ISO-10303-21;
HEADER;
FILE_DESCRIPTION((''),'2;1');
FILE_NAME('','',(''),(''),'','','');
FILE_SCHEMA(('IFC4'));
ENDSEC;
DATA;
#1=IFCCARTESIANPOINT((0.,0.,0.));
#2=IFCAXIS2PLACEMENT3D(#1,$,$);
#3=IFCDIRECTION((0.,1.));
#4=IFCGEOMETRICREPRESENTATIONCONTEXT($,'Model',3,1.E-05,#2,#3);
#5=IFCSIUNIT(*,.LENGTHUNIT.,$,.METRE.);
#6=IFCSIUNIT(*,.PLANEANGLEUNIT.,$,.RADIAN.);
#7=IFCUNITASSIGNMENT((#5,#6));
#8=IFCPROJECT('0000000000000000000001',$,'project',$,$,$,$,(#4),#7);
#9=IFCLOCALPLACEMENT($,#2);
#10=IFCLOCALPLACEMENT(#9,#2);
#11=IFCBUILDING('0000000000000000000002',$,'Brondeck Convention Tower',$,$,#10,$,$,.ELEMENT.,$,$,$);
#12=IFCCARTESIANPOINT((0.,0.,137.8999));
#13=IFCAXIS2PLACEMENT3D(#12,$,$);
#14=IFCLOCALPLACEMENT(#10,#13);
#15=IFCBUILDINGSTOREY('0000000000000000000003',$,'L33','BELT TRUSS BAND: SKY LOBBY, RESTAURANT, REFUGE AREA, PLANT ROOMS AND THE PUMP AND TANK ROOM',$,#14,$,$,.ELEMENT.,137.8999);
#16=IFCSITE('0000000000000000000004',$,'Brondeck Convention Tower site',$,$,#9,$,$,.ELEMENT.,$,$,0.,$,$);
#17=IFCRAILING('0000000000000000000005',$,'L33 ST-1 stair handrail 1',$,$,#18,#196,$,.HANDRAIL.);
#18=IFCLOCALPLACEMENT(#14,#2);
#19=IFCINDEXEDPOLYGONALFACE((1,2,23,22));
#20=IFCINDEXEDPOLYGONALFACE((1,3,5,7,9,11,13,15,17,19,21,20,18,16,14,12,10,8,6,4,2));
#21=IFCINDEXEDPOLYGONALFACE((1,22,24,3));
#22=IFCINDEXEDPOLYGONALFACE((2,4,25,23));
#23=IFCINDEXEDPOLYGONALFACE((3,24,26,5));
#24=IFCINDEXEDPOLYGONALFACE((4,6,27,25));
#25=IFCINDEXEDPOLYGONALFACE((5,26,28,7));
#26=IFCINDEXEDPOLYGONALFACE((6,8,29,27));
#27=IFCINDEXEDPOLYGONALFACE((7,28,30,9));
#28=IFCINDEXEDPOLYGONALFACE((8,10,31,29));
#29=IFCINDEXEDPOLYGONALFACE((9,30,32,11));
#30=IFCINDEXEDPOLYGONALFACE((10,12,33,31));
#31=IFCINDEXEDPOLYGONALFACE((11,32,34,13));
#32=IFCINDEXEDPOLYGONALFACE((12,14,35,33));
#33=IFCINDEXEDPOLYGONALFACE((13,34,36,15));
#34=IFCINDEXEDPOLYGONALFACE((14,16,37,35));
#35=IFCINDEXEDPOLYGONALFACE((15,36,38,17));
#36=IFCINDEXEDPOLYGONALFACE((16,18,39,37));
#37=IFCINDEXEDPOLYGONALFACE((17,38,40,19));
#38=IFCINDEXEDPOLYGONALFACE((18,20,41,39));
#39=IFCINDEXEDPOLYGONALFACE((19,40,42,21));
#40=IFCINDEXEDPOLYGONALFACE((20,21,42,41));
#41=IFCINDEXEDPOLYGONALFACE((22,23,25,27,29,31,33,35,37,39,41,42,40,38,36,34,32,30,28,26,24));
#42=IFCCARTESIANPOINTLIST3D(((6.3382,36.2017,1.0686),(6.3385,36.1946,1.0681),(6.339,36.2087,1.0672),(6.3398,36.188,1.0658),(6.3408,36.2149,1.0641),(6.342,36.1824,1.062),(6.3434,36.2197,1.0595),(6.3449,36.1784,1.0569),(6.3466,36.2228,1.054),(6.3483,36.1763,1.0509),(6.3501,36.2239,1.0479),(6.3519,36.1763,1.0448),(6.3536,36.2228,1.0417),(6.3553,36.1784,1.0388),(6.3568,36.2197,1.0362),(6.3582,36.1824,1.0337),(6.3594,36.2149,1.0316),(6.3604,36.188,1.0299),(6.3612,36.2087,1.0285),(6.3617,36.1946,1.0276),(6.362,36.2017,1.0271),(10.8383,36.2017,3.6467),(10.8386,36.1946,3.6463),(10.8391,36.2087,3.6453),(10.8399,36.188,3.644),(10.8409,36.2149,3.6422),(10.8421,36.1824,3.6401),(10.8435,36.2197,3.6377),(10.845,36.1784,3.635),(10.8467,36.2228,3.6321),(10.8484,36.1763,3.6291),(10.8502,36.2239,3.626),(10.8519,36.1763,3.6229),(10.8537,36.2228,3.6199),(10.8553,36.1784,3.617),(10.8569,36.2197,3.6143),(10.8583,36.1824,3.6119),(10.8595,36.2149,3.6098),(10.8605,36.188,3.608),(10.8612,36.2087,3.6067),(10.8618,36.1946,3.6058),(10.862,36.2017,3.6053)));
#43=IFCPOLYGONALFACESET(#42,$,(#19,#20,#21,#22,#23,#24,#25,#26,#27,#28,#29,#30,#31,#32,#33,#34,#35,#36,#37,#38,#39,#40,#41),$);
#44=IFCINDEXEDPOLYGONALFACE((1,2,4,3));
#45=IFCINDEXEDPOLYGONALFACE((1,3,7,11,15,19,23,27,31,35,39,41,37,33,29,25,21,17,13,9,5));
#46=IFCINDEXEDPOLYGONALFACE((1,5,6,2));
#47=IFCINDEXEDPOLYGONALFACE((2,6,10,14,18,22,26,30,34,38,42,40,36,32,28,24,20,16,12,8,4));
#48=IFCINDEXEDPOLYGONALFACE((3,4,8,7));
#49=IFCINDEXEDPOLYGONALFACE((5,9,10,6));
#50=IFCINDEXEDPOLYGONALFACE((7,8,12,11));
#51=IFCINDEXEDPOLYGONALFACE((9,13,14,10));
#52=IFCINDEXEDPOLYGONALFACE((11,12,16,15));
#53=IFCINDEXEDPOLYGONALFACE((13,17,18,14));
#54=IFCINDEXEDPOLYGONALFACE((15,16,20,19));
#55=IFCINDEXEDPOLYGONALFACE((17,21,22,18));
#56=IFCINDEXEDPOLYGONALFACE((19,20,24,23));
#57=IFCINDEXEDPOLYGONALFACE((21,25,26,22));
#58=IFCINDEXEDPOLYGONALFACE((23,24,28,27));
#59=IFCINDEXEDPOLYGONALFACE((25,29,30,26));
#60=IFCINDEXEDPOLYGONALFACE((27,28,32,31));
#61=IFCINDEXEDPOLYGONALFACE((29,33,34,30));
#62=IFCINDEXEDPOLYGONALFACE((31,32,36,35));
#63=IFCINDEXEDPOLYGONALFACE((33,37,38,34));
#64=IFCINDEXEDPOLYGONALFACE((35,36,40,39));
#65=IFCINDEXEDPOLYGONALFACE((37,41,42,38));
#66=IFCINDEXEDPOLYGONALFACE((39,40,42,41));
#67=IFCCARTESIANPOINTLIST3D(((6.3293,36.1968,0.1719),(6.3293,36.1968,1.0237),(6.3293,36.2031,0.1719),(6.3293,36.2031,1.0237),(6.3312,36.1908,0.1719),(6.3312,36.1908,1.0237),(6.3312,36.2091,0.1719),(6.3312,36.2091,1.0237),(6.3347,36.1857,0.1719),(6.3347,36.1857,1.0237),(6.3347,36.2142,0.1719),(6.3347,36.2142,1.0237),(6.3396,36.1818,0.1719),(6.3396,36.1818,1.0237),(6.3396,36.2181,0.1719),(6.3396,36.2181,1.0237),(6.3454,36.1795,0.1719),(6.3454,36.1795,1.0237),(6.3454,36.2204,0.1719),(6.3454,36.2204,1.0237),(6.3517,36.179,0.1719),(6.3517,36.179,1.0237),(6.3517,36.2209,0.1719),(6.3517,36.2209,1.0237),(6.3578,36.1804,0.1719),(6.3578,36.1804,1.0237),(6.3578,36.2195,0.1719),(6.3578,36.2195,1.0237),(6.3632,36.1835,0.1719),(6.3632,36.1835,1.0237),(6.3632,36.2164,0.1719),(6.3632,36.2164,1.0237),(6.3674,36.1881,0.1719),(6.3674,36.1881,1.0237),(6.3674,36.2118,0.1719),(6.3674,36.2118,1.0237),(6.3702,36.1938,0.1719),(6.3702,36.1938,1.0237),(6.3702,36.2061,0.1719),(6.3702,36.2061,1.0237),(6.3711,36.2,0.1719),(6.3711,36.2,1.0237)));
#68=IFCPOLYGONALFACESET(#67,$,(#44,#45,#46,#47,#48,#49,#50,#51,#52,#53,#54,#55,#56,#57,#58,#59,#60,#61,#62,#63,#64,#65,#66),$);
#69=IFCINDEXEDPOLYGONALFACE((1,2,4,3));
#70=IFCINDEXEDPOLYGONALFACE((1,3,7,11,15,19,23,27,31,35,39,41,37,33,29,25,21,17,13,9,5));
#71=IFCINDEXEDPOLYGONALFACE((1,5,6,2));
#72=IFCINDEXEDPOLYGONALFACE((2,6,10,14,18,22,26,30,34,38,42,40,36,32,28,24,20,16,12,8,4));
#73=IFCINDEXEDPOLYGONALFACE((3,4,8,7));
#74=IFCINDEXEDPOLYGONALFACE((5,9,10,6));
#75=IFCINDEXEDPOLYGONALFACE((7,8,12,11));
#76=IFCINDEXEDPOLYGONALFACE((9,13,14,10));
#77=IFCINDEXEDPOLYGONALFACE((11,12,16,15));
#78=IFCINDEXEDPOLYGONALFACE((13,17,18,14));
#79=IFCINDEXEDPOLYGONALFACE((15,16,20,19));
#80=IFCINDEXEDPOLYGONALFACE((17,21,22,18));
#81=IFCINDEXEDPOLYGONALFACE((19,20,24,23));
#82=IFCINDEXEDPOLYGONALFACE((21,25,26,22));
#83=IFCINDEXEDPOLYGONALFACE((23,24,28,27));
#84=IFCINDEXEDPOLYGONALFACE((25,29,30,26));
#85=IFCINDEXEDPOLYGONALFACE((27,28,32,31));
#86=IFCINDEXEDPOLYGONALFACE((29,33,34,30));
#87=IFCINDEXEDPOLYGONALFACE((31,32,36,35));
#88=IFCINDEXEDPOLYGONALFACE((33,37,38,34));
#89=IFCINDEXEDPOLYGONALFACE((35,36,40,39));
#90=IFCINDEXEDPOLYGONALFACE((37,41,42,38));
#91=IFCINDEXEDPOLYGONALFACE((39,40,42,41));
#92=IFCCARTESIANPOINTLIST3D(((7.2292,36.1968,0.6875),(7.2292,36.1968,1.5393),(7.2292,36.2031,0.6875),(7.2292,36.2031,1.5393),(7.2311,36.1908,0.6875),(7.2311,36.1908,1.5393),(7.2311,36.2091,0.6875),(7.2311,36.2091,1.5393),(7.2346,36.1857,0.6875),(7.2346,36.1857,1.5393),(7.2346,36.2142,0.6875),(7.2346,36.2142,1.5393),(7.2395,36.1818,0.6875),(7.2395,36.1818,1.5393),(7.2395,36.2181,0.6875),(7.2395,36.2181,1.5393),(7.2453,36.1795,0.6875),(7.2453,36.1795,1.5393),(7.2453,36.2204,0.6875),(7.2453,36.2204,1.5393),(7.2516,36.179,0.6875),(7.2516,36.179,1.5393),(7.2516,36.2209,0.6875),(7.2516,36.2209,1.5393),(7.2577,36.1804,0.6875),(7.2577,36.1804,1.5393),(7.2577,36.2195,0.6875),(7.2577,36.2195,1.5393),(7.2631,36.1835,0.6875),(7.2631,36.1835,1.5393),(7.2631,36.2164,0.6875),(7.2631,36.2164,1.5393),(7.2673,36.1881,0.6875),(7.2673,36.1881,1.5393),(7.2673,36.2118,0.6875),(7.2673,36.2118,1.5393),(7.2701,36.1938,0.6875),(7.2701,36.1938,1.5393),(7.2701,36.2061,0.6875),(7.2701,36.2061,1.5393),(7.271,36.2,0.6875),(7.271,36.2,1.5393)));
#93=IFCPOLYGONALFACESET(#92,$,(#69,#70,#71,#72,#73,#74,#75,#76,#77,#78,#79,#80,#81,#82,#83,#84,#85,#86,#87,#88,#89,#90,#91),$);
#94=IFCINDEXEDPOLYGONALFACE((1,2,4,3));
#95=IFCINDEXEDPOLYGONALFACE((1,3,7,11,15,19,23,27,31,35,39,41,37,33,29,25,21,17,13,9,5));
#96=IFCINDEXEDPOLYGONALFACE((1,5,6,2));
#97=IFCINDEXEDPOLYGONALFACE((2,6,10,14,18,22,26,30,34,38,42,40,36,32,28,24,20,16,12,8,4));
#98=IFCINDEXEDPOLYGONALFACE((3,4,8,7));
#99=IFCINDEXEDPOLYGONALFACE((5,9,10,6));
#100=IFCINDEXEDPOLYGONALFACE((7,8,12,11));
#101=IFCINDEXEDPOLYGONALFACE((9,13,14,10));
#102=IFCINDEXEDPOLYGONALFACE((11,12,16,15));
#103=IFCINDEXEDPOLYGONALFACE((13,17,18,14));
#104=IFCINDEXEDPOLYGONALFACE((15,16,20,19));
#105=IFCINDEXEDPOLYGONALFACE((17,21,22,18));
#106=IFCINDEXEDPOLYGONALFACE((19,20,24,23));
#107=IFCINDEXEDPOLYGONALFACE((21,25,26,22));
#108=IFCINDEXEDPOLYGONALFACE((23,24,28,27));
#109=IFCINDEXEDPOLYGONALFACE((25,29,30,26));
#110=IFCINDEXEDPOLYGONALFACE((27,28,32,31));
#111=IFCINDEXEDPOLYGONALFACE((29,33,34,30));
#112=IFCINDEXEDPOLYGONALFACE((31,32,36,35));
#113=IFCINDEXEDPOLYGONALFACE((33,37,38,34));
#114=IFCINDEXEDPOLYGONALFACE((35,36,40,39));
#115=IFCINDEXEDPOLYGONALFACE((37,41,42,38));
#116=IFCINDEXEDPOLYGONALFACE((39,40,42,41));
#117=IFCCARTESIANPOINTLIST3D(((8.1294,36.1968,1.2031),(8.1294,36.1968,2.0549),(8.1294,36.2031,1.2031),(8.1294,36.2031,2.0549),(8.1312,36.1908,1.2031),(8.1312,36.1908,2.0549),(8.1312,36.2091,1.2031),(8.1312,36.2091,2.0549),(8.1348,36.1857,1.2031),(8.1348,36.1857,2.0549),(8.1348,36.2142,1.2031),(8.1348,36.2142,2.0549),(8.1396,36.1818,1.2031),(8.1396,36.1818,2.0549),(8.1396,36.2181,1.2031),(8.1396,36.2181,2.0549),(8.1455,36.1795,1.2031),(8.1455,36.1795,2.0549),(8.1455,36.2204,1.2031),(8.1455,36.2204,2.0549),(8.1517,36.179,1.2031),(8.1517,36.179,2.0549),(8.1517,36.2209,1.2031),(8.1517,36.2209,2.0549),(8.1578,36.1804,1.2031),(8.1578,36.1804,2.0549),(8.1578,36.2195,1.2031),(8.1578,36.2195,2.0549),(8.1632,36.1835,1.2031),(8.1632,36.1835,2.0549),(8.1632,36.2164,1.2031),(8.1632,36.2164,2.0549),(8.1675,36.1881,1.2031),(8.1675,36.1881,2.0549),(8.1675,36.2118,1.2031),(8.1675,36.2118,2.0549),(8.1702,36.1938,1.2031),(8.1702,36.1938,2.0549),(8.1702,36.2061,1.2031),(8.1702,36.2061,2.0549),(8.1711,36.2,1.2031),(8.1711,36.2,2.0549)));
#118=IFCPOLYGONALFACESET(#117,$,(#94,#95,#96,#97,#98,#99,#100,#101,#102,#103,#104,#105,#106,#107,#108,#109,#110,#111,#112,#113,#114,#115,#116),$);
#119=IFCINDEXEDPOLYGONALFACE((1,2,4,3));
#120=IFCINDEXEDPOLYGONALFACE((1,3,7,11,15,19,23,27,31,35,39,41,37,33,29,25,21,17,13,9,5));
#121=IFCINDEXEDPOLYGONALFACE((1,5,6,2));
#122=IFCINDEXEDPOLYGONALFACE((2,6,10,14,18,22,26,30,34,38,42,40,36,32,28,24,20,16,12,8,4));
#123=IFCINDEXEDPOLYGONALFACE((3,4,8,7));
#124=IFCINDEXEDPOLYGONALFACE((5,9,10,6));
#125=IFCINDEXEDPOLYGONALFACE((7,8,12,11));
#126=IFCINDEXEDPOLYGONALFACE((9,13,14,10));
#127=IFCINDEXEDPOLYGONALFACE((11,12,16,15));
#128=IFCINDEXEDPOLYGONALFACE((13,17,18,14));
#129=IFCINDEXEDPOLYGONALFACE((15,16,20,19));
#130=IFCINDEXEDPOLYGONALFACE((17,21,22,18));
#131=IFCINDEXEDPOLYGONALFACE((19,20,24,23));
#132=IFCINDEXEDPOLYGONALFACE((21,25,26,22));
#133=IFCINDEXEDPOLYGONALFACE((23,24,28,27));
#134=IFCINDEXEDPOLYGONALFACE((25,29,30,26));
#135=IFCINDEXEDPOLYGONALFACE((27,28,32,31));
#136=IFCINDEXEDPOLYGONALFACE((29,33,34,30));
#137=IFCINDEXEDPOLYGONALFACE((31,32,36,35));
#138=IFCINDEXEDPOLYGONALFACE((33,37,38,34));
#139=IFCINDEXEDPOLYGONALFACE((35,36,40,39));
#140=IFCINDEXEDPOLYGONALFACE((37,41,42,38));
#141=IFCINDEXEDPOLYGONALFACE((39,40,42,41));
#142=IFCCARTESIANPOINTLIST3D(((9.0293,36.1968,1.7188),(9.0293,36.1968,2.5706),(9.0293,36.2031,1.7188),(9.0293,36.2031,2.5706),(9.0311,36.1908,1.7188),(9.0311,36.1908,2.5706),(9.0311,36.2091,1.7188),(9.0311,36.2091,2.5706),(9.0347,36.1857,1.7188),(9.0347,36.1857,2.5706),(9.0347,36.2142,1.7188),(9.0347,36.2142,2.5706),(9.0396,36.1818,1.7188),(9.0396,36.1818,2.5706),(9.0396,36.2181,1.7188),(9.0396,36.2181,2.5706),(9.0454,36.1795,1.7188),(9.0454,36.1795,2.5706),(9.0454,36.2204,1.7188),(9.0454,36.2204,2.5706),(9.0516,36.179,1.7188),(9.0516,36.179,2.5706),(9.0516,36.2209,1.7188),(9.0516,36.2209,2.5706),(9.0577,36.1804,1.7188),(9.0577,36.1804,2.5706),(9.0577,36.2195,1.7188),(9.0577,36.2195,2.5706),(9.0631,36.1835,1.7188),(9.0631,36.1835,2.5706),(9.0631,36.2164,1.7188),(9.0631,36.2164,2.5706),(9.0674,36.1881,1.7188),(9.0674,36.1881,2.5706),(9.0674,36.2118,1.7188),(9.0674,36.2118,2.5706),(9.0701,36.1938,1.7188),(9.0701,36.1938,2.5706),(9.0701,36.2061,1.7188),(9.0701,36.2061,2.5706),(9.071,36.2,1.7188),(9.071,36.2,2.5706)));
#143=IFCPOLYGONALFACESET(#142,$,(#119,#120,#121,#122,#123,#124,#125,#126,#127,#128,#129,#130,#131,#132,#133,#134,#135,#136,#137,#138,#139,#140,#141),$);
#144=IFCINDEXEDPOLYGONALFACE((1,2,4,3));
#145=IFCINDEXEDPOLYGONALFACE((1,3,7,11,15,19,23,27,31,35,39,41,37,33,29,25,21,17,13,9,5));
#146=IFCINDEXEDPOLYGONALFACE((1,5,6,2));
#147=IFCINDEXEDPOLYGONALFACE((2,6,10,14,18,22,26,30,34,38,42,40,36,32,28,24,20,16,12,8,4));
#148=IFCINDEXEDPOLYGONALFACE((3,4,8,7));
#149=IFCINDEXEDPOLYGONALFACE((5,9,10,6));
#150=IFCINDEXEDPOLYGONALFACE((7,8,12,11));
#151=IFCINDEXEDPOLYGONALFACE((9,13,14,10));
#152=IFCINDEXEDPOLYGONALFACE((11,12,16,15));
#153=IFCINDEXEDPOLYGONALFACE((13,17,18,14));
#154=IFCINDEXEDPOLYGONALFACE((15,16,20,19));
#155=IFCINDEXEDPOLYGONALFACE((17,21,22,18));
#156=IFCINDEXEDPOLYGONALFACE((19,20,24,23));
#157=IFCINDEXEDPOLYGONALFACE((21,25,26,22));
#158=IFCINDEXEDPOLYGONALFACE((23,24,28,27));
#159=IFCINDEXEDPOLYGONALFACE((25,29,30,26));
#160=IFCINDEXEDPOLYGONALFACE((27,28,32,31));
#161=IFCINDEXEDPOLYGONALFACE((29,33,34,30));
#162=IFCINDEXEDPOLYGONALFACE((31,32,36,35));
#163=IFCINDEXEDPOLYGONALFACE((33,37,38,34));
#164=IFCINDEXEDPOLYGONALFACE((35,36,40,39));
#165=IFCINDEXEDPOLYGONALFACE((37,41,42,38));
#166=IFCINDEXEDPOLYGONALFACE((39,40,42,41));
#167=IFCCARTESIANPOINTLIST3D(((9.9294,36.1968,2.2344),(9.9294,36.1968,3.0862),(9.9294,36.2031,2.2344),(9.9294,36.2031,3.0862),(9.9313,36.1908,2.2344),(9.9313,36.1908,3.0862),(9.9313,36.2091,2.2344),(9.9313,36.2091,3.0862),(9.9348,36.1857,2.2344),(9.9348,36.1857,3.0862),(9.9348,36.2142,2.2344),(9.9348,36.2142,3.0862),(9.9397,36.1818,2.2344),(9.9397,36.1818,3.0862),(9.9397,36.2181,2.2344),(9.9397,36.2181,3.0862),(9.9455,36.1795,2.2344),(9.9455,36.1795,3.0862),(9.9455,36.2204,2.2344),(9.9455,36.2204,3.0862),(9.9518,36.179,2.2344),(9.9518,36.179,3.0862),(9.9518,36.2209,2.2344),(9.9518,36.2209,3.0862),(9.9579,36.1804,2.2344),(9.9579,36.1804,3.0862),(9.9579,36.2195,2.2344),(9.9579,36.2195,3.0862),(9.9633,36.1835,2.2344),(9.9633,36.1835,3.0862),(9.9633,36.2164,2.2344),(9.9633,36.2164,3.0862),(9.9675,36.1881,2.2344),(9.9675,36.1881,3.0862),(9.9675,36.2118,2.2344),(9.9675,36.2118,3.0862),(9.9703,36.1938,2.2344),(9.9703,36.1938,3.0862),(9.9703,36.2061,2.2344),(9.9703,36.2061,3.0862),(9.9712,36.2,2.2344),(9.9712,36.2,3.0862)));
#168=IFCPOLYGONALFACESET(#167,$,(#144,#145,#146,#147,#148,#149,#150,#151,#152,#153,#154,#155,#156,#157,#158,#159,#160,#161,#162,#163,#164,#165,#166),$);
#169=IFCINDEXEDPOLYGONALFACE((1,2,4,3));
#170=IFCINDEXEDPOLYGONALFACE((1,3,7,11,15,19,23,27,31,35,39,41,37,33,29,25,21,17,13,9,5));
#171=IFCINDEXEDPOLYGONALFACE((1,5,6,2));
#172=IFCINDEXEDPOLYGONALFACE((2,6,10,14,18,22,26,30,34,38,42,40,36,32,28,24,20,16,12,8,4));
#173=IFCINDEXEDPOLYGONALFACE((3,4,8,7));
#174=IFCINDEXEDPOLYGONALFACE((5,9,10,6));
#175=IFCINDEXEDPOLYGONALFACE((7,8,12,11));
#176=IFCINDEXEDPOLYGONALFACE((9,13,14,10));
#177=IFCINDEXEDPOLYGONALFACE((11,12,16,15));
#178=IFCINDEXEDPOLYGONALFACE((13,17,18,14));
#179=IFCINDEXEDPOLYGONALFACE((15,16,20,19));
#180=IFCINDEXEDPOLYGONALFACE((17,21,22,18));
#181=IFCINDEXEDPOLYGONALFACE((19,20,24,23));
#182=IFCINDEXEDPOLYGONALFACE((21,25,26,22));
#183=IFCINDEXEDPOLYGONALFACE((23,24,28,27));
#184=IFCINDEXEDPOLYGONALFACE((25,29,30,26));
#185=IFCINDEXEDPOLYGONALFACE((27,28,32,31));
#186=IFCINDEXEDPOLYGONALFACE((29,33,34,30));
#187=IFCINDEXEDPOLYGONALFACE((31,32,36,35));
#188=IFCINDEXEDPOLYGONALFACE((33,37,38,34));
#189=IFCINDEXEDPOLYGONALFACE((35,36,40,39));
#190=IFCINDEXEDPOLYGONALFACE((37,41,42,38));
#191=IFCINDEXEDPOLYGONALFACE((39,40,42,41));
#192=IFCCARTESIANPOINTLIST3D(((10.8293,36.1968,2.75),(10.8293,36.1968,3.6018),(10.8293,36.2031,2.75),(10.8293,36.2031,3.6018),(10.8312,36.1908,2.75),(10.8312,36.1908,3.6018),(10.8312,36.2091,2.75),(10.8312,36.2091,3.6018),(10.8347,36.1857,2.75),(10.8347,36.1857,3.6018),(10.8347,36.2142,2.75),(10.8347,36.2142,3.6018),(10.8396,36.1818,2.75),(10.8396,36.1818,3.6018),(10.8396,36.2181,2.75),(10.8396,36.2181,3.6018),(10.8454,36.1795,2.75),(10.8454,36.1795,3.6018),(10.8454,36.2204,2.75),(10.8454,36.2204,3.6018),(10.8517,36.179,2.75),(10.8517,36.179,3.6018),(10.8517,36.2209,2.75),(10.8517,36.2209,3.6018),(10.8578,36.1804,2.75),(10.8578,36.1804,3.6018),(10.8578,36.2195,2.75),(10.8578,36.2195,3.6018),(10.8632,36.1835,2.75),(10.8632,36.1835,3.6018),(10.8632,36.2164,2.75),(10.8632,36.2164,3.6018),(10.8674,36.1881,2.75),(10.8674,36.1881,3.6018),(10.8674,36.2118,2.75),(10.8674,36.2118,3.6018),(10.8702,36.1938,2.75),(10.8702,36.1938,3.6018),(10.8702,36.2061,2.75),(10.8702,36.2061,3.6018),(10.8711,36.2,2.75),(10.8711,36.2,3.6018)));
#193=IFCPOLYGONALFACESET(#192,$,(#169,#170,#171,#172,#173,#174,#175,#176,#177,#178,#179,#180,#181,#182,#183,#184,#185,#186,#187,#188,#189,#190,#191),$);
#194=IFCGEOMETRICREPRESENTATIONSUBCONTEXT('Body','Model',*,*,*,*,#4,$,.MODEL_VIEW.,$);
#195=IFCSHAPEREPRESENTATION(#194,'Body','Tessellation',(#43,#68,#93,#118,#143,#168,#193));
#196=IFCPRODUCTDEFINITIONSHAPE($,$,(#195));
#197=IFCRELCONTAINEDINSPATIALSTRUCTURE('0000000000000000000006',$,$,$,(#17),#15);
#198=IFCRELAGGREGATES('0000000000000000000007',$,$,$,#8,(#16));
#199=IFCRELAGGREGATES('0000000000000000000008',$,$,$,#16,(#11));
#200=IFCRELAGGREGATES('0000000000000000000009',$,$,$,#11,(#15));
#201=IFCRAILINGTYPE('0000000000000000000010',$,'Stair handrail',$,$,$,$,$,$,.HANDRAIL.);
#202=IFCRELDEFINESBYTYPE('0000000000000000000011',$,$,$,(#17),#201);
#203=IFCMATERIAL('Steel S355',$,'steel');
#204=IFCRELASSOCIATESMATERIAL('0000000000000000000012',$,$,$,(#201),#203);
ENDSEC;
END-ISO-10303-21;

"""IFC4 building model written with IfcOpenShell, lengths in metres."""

from ifc_helpers import new_model, si_unit, direction, frame, origin, origin_2d, place, context, subcontext, project, spatial, circle, extrude, material, type_object, element, save


model = new_model("IFC4")

# Units and contexts
model_context = context("Model", 3, precision=1e-05, world=origin(), true_north=direction((0.0, 1.0)))
body_context = subcontext(model_context, "Body", "Model", "MODEL_VIEW")
ifc_project = project(units=[si_unit("LENGTHUNIT", "METRE"), si_unit("PLANEANGLEUNIT", "RADIAN")], contexts=[model_context])

# Site, building, storey
site_placement = place(None, origin())
site = spatial("IfcSite", under=ifc_project, at=site_placement, Name="Brondeck Convention Tower site", CompositionType="ELEMENT", RefElevation=0.0)
building_placement = place(site_placement, origin())
building = spatial("IfcBuilding", under=site, at=building_placement, Name="Brondeck Convention Tower", CompositionType="ELEMENT")
storey_placement = place(building_placement, frame((0.0, 0.0, 137.8999)))
storey = spatial("IfcBuildingStorey", under=building, at=storey_placement, Name="L33", Description="BELT TRUSS BAND: SKY LOBBY, RESTAURANT, REFUGE AREA, PLANT ROOMS AND THE PUMP AND TANK ROOM", CompositionType="ELEMENT", Elevation=137.8999)

# Railing
ifc_material_1 = material(Name="Steel S355", Category="steel")
railing_type_1 = type_object("IfcRailingType", Name="Stair handrail", PredefinedType="HANDRAIL", material=ifc_material_1)
railing_1_placement = place(storey_placement, frame((6.3501, 36.2, 0.1719)))
element("IfcRailing", 1, at=railing_1_placement, inside=storey, type_object=railing_type_1, Name="L33 ST-1 stair handrail 1", PredefinedType="HANDRAIL", context=body_context, shape_type="SweptSolid", body=[
    extrude(circle(Radius=0.0239, at=origin_2d()), frame((0.0, 0.0, 0.876), z_axis=(0.867686, 0.0, 0.497112), x_axis=(0.0, 1.0, 0.0)), (0.0, 0.0, 1.0), 5.1863),
    extrude(circle(Radius=0.021, at=origin_2d()), origin(), (0.0, 0.0, 1.0), 0.8518),
    extrude(circle(Radius=0.021, at=origin_2d()), frame((0.8999, 0.0, 0.5156)), (0.0, 0.0, 1.0), 0.8518),
    extrude(circle(Radius=0.021, at=origin_2d()), frame((1.8, 0.0, 1.0312)), (0.0, 0.0, 1.0), 0.8518),
    extrude(circle(Radius=0.021, at=origin_2d()), frame((2.7, 0.0, 1.5469)), (0.0, 0.0, 1.0), 0.8518),
    extrude(circle(Radius=0.021, at=origin_2d()), frame((3.6001, 0.0, 2.0625)), (0.0, 0.0, 1.0), 0.8518),
    extrude(circle(Radius=0.021, at=origin_2d()), frame((4.5, 0.0, 2.5781)), (0.0, 0.0, 1.0), 0.8518),
])

save(model, "model.ifc")
